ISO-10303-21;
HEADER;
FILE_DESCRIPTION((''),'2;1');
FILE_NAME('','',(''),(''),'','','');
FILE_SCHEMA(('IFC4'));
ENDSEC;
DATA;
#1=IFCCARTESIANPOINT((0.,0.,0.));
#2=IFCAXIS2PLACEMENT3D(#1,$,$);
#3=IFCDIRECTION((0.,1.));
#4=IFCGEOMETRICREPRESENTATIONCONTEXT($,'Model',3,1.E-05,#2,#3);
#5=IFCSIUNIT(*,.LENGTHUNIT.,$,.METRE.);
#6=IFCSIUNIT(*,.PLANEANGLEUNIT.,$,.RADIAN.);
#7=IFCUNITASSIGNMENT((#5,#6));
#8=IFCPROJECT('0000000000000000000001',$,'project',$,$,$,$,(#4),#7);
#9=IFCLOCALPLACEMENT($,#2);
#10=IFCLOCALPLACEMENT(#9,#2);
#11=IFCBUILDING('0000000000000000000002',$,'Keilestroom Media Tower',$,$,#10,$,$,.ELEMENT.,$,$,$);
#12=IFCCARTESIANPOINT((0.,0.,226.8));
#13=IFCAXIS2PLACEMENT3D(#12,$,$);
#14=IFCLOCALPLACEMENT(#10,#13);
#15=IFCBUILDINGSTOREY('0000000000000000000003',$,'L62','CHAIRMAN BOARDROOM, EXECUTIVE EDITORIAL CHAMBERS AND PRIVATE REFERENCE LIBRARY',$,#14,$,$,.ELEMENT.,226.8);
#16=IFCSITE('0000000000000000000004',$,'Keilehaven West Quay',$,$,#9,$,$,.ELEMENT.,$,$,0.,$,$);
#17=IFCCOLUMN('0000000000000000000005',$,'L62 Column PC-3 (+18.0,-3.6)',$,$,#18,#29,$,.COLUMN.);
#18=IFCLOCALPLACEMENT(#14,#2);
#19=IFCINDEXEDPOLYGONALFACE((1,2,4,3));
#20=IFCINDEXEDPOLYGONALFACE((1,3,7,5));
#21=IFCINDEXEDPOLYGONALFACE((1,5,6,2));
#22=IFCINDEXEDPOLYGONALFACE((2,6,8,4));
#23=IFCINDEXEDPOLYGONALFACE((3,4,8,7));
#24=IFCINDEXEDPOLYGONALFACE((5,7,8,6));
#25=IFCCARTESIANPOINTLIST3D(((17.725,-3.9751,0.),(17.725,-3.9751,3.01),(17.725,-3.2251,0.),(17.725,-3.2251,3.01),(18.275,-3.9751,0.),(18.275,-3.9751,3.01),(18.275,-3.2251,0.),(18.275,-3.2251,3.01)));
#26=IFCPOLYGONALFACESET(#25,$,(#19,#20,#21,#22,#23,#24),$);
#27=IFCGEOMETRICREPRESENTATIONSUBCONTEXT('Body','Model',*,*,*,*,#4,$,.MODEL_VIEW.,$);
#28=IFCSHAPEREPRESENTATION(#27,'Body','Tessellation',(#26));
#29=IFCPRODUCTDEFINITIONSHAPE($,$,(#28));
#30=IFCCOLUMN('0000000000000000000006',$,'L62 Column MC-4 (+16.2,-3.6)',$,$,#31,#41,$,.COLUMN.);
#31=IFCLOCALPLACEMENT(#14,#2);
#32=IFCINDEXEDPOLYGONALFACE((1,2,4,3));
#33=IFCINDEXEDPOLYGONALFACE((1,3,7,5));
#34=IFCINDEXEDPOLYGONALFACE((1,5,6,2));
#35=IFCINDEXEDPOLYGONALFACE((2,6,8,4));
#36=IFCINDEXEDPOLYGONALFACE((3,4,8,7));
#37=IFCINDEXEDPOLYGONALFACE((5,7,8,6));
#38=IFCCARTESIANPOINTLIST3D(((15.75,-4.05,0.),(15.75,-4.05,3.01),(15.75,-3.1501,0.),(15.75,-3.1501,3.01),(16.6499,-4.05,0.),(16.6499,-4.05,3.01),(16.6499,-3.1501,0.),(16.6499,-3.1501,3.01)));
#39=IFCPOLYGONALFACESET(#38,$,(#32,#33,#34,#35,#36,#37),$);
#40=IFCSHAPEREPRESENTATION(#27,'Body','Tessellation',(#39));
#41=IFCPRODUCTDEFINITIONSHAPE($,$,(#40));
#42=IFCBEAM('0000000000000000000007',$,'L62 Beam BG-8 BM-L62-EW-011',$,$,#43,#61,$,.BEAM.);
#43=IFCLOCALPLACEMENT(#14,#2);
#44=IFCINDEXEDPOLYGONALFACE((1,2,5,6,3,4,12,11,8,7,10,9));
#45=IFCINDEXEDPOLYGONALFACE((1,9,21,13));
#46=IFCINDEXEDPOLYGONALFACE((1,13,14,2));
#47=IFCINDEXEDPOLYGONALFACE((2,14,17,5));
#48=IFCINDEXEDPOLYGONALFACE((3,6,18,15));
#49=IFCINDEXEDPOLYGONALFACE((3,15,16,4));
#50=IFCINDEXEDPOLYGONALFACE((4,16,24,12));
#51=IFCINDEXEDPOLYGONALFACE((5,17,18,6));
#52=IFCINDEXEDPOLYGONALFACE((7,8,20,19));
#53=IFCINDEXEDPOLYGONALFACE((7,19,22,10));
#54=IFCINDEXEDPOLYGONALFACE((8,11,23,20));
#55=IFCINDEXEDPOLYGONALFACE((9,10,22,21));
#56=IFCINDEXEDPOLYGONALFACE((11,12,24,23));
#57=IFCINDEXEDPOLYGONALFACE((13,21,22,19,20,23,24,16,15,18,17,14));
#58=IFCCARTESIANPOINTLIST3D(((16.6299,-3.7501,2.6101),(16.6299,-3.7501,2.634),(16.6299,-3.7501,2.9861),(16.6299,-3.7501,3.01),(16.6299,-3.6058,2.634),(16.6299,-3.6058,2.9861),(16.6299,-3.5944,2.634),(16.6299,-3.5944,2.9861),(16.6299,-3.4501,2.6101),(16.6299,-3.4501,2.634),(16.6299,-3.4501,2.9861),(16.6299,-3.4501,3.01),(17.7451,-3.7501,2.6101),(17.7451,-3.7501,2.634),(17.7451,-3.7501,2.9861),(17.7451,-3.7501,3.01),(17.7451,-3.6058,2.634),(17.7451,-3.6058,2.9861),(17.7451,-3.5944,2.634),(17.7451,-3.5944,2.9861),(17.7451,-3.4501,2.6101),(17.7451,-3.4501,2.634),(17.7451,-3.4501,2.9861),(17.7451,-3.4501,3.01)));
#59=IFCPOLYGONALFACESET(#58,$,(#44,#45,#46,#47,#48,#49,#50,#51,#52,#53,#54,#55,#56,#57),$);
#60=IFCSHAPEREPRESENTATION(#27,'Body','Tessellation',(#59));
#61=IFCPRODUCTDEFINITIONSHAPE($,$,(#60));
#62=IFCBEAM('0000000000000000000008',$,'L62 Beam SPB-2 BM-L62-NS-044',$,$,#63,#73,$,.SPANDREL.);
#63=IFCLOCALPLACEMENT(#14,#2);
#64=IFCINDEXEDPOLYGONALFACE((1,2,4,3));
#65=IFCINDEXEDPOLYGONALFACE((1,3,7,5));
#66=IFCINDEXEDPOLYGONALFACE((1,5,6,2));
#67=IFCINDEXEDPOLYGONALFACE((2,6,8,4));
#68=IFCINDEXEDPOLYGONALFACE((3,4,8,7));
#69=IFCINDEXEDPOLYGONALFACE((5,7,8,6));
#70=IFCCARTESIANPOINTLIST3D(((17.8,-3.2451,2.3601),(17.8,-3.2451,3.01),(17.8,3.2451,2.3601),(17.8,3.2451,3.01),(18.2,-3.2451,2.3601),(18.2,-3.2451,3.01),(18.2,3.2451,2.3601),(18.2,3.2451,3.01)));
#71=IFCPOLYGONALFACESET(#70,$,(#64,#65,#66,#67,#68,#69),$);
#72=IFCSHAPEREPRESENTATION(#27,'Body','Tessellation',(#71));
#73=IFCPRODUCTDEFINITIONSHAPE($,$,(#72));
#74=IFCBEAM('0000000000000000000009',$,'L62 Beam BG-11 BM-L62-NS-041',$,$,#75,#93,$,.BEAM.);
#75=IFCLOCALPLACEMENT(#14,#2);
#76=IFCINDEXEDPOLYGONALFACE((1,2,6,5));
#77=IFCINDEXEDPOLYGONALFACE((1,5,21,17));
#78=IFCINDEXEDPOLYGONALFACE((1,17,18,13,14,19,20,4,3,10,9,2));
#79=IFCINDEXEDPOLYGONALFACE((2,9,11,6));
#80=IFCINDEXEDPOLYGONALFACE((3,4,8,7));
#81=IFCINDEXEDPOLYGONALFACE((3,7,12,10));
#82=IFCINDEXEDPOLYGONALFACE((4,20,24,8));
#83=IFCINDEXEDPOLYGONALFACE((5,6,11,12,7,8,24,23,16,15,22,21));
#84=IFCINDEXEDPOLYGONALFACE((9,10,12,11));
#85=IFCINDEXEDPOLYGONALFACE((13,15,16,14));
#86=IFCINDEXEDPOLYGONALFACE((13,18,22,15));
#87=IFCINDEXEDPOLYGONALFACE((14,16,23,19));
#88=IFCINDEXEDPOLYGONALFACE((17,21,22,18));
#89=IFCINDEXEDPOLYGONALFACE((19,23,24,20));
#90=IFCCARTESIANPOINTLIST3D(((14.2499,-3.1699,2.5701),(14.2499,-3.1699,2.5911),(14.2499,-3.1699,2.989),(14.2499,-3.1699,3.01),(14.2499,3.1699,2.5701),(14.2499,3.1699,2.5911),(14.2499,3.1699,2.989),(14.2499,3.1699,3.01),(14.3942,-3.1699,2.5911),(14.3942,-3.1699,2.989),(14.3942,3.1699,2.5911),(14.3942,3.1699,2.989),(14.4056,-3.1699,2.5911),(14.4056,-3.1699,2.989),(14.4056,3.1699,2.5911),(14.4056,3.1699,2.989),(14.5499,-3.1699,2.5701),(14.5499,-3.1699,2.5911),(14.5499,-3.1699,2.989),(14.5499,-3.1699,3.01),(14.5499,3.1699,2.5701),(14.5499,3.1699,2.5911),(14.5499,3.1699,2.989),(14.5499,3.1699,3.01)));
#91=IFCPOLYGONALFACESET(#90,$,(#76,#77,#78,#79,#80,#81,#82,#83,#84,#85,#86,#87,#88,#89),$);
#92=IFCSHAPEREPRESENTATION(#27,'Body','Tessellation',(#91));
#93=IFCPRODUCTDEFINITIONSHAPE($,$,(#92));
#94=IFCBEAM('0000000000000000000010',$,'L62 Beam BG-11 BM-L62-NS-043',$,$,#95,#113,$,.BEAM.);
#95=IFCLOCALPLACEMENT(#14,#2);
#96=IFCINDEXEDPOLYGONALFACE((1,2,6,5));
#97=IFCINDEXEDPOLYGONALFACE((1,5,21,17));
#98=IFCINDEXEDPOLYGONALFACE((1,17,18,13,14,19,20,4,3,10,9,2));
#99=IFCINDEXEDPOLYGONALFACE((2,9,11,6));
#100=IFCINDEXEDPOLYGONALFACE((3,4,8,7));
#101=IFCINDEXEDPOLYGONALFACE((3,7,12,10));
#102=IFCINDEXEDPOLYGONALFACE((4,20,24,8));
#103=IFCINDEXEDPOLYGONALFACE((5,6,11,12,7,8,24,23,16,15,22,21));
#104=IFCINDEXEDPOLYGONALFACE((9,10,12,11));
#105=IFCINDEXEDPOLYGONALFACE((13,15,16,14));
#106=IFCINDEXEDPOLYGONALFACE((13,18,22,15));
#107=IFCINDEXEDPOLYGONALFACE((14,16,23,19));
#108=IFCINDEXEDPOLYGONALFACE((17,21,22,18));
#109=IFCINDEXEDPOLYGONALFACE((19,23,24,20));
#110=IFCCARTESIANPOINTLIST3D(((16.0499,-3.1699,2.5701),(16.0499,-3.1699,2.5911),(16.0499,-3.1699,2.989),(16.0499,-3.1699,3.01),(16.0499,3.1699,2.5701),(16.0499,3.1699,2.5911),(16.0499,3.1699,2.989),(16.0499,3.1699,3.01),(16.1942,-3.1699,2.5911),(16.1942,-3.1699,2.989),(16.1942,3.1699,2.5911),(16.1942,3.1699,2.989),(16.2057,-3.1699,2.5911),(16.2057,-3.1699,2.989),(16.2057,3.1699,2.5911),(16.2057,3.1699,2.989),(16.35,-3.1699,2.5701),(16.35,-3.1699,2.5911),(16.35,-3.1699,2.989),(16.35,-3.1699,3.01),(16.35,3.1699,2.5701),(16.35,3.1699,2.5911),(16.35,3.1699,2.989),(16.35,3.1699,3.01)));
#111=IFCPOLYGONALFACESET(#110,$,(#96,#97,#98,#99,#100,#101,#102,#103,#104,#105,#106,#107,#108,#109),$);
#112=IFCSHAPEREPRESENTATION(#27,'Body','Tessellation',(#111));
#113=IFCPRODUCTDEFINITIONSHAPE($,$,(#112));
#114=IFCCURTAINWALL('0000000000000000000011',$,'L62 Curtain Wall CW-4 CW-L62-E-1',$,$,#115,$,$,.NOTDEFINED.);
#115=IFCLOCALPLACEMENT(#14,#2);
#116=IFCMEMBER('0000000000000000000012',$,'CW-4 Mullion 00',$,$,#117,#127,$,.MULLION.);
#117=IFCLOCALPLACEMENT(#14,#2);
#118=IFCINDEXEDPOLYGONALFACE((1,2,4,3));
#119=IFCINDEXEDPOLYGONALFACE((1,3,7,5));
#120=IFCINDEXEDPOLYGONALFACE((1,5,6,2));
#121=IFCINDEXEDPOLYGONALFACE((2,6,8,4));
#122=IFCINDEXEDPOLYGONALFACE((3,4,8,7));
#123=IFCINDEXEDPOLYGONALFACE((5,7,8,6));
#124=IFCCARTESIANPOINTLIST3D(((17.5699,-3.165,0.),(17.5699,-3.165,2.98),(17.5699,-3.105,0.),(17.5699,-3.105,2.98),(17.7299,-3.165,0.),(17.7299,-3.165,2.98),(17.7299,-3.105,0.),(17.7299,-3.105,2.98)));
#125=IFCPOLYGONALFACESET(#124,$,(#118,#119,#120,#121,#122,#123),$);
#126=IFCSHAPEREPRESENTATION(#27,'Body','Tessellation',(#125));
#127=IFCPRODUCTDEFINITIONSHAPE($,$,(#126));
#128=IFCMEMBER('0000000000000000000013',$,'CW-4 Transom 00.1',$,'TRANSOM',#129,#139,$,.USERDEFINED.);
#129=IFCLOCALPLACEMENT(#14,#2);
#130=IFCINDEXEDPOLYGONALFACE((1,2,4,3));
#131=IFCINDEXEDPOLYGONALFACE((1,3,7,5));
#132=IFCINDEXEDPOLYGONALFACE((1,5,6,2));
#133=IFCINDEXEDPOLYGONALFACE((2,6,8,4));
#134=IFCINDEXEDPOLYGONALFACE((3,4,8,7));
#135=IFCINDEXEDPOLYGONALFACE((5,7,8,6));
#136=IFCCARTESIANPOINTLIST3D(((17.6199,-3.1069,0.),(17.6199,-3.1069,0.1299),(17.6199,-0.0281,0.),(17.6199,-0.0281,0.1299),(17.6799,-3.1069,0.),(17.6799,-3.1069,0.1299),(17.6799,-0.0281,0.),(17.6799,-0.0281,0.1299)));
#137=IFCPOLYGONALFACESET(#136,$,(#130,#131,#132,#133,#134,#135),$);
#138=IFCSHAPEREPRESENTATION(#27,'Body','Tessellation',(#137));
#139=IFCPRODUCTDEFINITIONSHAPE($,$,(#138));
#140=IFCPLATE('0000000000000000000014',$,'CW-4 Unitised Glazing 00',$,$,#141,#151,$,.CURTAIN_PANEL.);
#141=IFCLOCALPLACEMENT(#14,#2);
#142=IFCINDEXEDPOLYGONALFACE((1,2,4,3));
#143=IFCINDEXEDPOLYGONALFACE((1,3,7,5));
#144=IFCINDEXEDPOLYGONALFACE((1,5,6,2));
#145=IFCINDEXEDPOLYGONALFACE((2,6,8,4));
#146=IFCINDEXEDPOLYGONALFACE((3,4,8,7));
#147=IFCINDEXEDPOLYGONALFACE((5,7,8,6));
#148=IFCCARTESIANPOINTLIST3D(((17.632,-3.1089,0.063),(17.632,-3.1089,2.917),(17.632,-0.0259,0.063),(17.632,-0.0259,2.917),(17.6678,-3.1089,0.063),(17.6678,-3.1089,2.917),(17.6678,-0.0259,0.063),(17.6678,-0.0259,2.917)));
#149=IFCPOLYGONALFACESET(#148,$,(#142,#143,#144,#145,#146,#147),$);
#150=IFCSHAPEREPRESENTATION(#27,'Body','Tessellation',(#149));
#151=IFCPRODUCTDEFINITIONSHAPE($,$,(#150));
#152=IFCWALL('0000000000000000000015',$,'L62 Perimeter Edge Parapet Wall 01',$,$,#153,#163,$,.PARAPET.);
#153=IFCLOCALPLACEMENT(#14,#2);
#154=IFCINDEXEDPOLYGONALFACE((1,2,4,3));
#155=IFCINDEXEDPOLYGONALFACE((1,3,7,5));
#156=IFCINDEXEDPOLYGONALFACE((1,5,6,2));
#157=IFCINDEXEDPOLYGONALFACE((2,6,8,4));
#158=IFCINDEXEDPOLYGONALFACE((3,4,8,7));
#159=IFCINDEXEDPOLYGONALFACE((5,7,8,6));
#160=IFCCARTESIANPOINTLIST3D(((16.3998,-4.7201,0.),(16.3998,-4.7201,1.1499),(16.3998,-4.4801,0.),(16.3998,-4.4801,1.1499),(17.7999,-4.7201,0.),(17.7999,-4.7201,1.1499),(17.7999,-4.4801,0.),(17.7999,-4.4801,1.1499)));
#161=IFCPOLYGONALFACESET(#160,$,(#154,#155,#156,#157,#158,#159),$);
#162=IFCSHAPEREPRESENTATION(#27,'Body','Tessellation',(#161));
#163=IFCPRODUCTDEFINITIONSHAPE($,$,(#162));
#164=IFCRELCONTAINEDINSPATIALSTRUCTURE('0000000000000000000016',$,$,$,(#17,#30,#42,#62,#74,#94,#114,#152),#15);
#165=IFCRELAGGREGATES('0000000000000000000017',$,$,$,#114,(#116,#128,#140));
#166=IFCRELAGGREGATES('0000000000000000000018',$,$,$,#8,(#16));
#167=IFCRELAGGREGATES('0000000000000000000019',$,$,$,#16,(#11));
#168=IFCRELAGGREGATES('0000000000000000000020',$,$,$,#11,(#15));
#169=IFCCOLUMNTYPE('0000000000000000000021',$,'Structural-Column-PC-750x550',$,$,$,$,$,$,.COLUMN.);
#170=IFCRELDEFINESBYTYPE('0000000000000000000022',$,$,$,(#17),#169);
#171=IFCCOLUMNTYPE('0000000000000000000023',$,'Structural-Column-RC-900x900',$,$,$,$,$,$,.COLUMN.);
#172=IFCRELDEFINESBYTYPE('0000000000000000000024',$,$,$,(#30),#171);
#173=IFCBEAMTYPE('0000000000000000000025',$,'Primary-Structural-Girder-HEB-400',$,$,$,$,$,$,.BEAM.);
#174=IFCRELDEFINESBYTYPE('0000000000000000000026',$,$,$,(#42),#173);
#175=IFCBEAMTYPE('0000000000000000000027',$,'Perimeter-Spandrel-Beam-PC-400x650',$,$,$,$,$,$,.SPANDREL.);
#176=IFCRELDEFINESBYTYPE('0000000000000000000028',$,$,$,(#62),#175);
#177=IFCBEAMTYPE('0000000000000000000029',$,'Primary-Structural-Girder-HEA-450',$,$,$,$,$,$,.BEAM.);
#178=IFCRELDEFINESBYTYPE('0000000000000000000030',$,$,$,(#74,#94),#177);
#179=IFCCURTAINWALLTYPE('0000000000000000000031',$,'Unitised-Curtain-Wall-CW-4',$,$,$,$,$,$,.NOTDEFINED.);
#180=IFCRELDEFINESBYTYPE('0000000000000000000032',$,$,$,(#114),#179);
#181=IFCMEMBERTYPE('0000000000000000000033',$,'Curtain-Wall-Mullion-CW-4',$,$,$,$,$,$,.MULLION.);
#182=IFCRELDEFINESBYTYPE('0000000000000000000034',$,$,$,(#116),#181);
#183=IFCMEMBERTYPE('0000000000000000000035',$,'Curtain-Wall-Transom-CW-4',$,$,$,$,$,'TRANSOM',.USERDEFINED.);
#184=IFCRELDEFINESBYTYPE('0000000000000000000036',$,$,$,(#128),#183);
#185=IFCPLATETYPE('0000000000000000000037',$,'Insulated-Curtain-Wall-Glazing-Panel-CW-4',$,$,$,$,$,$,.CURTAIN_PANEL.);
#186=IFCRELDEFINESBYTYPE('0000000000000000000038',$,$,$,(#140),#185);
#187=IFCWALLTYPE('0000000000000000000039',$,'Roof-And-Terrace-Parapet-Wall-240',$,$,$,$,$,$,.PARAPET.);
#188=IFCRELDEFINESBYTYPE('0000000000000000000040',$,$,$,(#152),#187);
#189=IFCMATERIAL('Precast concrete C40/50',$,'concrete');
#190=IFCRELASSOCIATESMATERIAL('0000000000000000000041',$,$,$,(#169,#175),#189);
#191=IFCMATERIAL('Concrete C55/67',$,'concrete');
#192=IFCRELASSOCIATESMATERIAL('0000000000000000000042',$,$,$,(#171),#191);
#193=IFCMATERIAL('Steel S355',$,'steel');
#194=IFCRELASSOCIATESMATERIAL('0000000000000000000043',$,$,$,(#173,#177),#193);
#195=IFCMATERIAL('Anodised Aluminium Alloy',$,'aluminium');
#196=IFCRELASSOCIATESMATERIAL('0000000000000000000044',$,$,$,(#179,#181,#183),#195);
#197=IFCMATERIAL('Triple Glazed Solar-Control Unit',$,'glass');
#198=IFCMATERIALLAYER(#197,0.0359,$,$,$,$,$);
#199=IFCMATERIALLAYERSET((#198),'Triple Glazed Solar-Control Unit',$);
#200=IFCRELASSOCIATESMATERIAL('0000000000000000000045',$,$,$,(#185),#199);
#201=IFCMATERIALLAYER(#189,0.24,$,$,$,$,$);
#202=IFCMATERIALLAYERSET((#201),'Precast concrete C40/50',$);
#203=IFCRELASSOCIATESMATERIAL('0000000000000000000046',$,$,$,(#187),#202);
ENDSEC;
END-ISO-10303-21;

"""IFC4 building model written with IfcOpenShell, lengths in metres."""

from ifc_helpers import new_model, si_unit, direction, frame, frame_2d, origin, origin_2d, place, context, subcontext, project, spatial, rectangle, i_section, extrude, source, transform, mapped, material, layer, layer_set, material_profile, profile_set, type_object, element, aggregate, save


model = new_model("IFC4")

# Units and contexts
model_context = context("Model", 3, precision=1e-05, world=origin(), true_north=direction((0.0, 1.0)))
body_context = subcontext(model_context, "Body", "Model", "MODEL_VIEW")
ifc_project = project(units=[si_unit("LENGTHUNIT", "METRE"), si_unit("PLANEANGLEUNIT", "RADIAN")], contexts=[model_context])

# Site, building, storey
site_placement = place(None, origin())
site = spatial("IfcSite", under=ifc_project, at=site_placement, Name="Keilehaven West Quay", CompositionType="ELEMENT", RefElevation=0.0)
building_placement = place(site_placement, origin())
building = spatial("IfcBuilding", under=site, at=building_placement, Name="Keilestroom Media Tower", CompositionType="ELEMENT")
storey_placement = place(building_placement, frame((0.0, 0.0, 226.8)))
storey = spatial("IfcBuildingStorey", under=building, at=storey_placement, Name="L62", Description="CHAIRMAN BOARDROOM, EXECUTIVE EDITORIAL CHAMBERS AND PRIVATE REFERENCE LIBRARY", CompositionType="ELEMENT", Elevation=226.8)

# Columns
ifc_material_1 = material(Name="Precast concrete C40/50", Category="concrete")
ifc_material_profile_1 = material_profile(ifc_material_1, rectangle(XDim=0.55, YDim=0.75, at=origin_2d()), Name="PC 750x550")
ifc_profile_set_1 = profile_set([ifc_material_profile_1], Name="Precast concrete C40/50")
column_type_1 = type_object("IfcColumnType", Name="Structural-Column-PC-750x550", PredefinedType="COLUMN", material=ifc_profile_set_1)
shared_shape_1 = source(origin(), body_context, "Body", "SweptSolid", [
    extrude(rectangle(XDim=0.55, YDim=0.75, at=origin_2d()), origin(), (0.0, 0.0, 1.0), 3.01),
])
column_1_placement = place(storey_placement, frame((18.0, -3.6001, 0.0), z_axis=(0.0, 0.0, 1.0), x_axis=(1.0, 0.0, 0.0)))
element("IfcColumn", 1, at=column_1_placement, inside=storey, type_object=column_type_1, Name="L62 Column PC-3 (+18.0,-3.6)", PredefinedType="COLUMN", context=body_context, shape_type="MappedRepresentation", body=[
    mapped(shared_shape_1, transform((0.0, 0.0, 0.0), x_axis=(1.0, 0.0, 0.0), y_axis=(0.0, 1.0, 0.0), z_axis=(0.0, 0.0, 1.0), scale=1.0)),
])
ifc_material_2 = material(Name="Concrete C55/67", Category="concrete")
ifc_material_profile_2 = material_profile(ifc_material_2, rectangle(XDim=0.8999, YDim=0.8999, at=origin_2d()), Name="RC 900x900")
ifc_profile_set_2 = profile_set([ifc_material_profile_2], Name="Concrete C55/67")
column_type_2 = type_object("IfcColumnType", Name="Structural-Column-RC-900x900", PredefinedType="COLUMN", material=ifc_profile_set_2)
shared_shape_2 = source(origin(), body_context, "Body", "SweptSolid", [
    extrude(rectangle(XDim=0.8999, YDim=0.8999, at=origin_2d()), origin(), (0.0, 0.0, 1.0), 3.01),
])
column_2_placement = place(storey_placement, frame((16.2, -3.6001, 0.0), z_axis=(0.0, 0.0, 1.0), x_axis=(1.0, 0.0, 0.0)))
element("IfcColumn", 2, at=column_2_placement, inside=storey, type_object=column_type_2, Name="L62 Column MC-4 (+16.2,-3.6)", PredefinedType="COLUMN", context=body_context, shape_type="MappedRepresentation", body=[
    mapped(shared_shape_2, transform((0.0, 0.0, 0.0), x_axis=(1.0, 0.0, 0.0), y_axis=(0.0, 1.0, 0.0), z_axis=(0.0, 0.0, 1.0), scale=1.0)),
])

# Beams
ifc_material_3 = material(Name="Steel S355", Category="steel")
ifc_material_profile_3 = material_profile(ifc_material_3, i_section(OverallWidth=0.3, OverallDepth=0.3999, WebThickness=0.0115, FlangeThickness=0.0239, at=origin_2d()), Name="HEB 400")
ifc_profile_set_3 = profile_set([ifc_material_profile_3], Name="Steel S355")
beam_type_1 = type_object("IfcBeamType", Name="Primary-Structural-Girder-HEB-400", PredefinedType="BEAM", material=ifc_profile_set_3)
shared_shape_3 = source(origin(), body_context, "Body", "SweptSolid", [
    extrude(i_section(OverallWidth=0.3, OverallDepth=0.3999, WebThickness=0.0115, FlangeThickness=0.0239, at=origin_2d()), origin(), (0.0, 0.0, 1.0), 1.1152),
])
beam_1_placement = place(storey_placement, frame((16.6299, -3.6001, 2.8101), z_axis=(1.0, 0.0, 0.0), x_axis=(0.0, 1.0, 0.0)))
element("IfcBeam", 3, at=beam_1_placement, inside=storey, type_object=beam_type_1, Name="L62 Beam BG-8 BM-L62-EW-011", PredefinedType="BEAM", context=body_context, shape_type="MappedRepresentation", body=[
    mapped(shared_shape_3, transform((0.0, 0.0, 0.0), x_axis=(1.0, 0.0, 0.0), y_axis=(0.0, 1.0, 0.0), z_axis=(0.0, 0.0, 1.0), scale=1.0)),
])
ifc_material_profile_4 = material_profile(ifc_material_1, rectangle(XDim=0.3999, YDim=0.6499, at=origin_2d()), Name="PC 400x650")
ifc_profile_set_4 = profile_set([ifc_material_profile_4], Name="Precast concrete C40/50")
beam_type_2 = type_object("IfcBeamType", Name="Perimeter-Spandrel-Beam-PC-400x650", PredefinedType="SPANDREL", material=ifc_profile_set_4)
shared_shape_4 = source(origin(), body_context, "Body", "SweptSolid", [
    extrude(rectangle(XDim=0.3999, YDim=0.6499, at=origin_2d()), origin(), (0.0, 0.0, 1.0), 6.4902),
])
beam_2_placement = place(storey_placement, frame((18.0, -3.2451, 2.6851), z_axis=(0.0, 1.0, 0.0), x_axis=(-1.0, 0.0, 0.0)))
element("IfcBeam", 4, at=beam_2_placement, inside=storey, type_object=beam_type_2, Name="L62 Beam SPB-2 BM-L62-NS-044", PredefinedType="SPANDREL", context=body_context, shape_type="MappedRepresentation", body=[
    mapped(shared_shape_4, transform((0.0, 0.0, 0.0), x_axis=(1.0, 0.0, 0.0), y_axis=(0.0, 1.0, 0.0), z_axis=(0.0, 0.0, 1.0), scale=1.0)),
])
ifc_material_profile_5 = material_profile(ifc_material_3, i_section(OverallWidth=0.3, OverallDepth=0.4399, WebThickness=0.0115, FlangeThickness=0.021, at=origin_2d()), Name="HEA 450")
ifc_profile_set_5 = profile_set([ifc_material_profile_5], Name="Steel S355")
beam_type_3 = type_object("IfcBeamType", Name="Primary-Structural-Girder-HEA-450", PredefinedType="BEAM", material=ifc_profile_set_5)
shared_shape_5 = source(origin(), body_context, "Body", "SweptSolid", [
    extrude(i_section(OverallWidth=0.3, OverallDepth=0.4399, WebThickness=0.0115, FlangeThickness=0.021, at=origin_2d()), origin(), (0.0, 0.0, 1.0), 6.3398),
])
for number, where, z_axis, x_axis, name in (
    (5, (14.3999, -3.1699, 2.79), (0.0, 1.0, 0.0), (-1.0, 0.0, 0.0), "L62 Beam BG-11 BM-L62-NS-041"),
    (6, (16.2, -3.1699, 2.79), (0.0, 1.0, 0.0), (-1.0, 0.0, 0.0), "L62 Beam BG-11 BM-L62-NS-043"),
):
    element("IfcBeam", number, at=place(storey_placement, frame(where, z_axis=z_axis, x_axis=x_axis)), inside=storey, type_object=beam_type_3, Name=name, PredefinedType="BEAM", context=body_context, shape_type="MappedRepresentation", body=[
        mapped(shared_shape_5, transform((0.0, 0.0, 0.0), x_axis=(1.0, 0.0, 0.0), y_axis=(0.0, 1.0, 0.0), z_axis=(0.0, 0.0, 1.0), scale=1.0)),
    ])

# Curtain wall, members, plate
ifc_material_4 = material(Name="Anodised Aluminium Alloy", Category="aluminium")
curtain_wall_type = type_object("IfcCurtainWallType", Name="Unitised-Curtain-Wall-CW-4", PredefinedType="NOTDEFINED", material=ifc_material_4)
curtain_wall_placement = place(storey_placement, origin())
curtain_wall = element("IfcCurtainWall", 7, at=curtain_wall_placement, inside=storey, type_object=curtain_wall_type, Name="L62 Curtain Wall CW-4 CW-L62-E-1", PredefinedType="NOTDEFINED")
ifc_material_profile_6 = material_profile(ifc_material_4, rectangle(XDim=0.0601, YDim=0.1599, at=origin_2d()), Name="ALU MULLION 60x160")
ifc_profile_set_6 = profile_set([ifc_material_profile_6], Name="Anodised Aluminium Alloy")
member_type_1 = type_object("IfcMemberType", Name="Curtain-Wall-Mullion-CW-4", PredefinedType="MULLION", material=ifc_profile_set_6)
shared_shape_6 = source(origin(), body_context, "Body", "SweptSolid", [
    extrude(rectangle(XDim=0.0601, YDim=0.1599, at=origin_2d()), origin(), (0.0, 0.0, 1.0), 2.98),
])
member_1_placement = place(storey_placement, frame((17.6499, -3.135, 0.0), z_axis=(0.0, 0.0, 1.0), x_axis=(0.0, 1.0, 0.0)))
member_1 = element("IfcMember", 8, at=member_1_placement, type_object=member_type_1, Name="CW-4 Mullion 00", PredefinedType="MULLION", context=body_context, shape_type="MappedRepresentation", body=[
    mapped(shared_shape_6, transform((0.0, 0.0, 0.0), x_axis=(1.0, 0.0, 0.0), y_axis=(0.0, 1.0, 0.0), z_axis=(0.0, 0.0, 1.0), scale=1.0)),
])
ifc_material_profile_7 = material_profile(ifc_material_4, rectangle(XDim=0.0601, YDim=0.1299, at=origin_2d()), Name="ALU TRANSOM 60x130")
ifc_profile_set_7 = profile_set([ifc_material_profile_7], Name="Anodised Aluminium Alloy")
member_type_2 = type_object("IfcMemberType", Name="Curtain-Wall-Transom-CW-4", ElementType="TRANSOM", PredefinedType="USERDEFINED", material=ifc_profile_set_7)
shared_shape_7 = source(origin(), body_context, "Body", "SweptSolid", [
    extrude(rectangle(XDim=0.0601, YDim=0.1299, at=origin_2d()), origin(), (0.0, 0.0, 1.0), 3.0789),
])
member_2_placement = place(storey_placement, frame((17.6499, -3.1069, 0.0649), z_axis=(0.0, 1.0, 0.0), x_axis=(-1.0, 0.0, 0.0)))
member_2 = element("IfcMember", 9, at=member_2_placement, type_object=member_type_2, Name="CW-4 Transom 00.1", ObjectType="TRANSOM", PredefinedType="USERDEFINED", context=body_context, shape_type="MappedRepresentation", body=[
    mapped(shared_shape_7, transform((0.0, 0.0, 0.0), x_axis=(1.0, 0.0, 0.0), y_axis=(0.0, 1.0, 0.0), z_axis=(0.0, 0.0, 1.0), scale=1.0)),
])
ifc_material_5 = material(Name="Triple Glazed Solar-Control Unit", Category="glass")
ifc_layer_1 = layer(ifc_material_5, 0.0359)
ifc_layer_set_1 = layer_set([ifc_layer_1], Name="Triple Glazed Solar-Control Unit")
plate_type = type_object("IfcPlateType", Name="Insulated-Curtain-Wall-Glazing-Panel-CW-4", PredefinedType="CURTAIN_PANEL", material=ifc_layer_set_1)
shared_shape_8 = source(origin(), body_context, "Body", "SweptSolid", [
    extrude(rectangle(XDim=3.083, YDim=0.0359, at=origin_2d()), origin(), (0.0, 0.0, 1.0), 2.854),
])
plate_placement = place(storey_placement, frame((17.6499, -1.5674, 0.063), z_axis=(0.0, 0.0, 1.0), x_axis=(0.0, 1.0, 0.0)))
plate = element("IfcPlate", 10, at=plate_placement, type_object=plate_type, Name="CW-4 Unitised Glazing 00", PredefinedType="CURTAIN_PANEL", context=body_context, shape_type="MappedRepresentation", body=[
    mapped(shared_shape_8, transform((0.0, 0.0, 0.0), x_axis=(1.0, 0.0, 0.0), y_axis=(0.0, 1.0, 0.0), z_axis=(0.0, 0.0, 1.0), scale=1.0)),
])
aggregate(curtain_wall, [member_1, member_2, plate])

# Wall
ifc_layer_2 = layer(ifc_material_1, 0.24)
ifc_layer_set_2 = layer_set([ifc_layer_2], Name="Precast concrete C40/50")
wall_type = type_object("IfcWallType", Name="Roof-And-Terrace-Parapet-Wall-240", PredefinedType="PARAPET", material=ifc_layer_set_2)
wall_1_placement = place(storey_placement, frame((17.8, -4.6001, 0.0), z_axis=(0.0, 0.0, 1.0), x_axis=(-1.0, 0.0, 0.0)))
element("IfcWall", 11, at=wall_1_placement, inside=storey, type_object=wall_type, Name="L62 Perimeter Edge Parapet Wall 01", PredefinedType="PARAPET", context=body_context, shape_type="SweptSolid", body=[
    extrude(rectangle(XDim=1.4001, YDim=0.24, at=frame_2d((0.7002, 0.0))), origin(), (0.0, 0.0, 1.0), 1.1499),
])

save(model, "model.ifc")
